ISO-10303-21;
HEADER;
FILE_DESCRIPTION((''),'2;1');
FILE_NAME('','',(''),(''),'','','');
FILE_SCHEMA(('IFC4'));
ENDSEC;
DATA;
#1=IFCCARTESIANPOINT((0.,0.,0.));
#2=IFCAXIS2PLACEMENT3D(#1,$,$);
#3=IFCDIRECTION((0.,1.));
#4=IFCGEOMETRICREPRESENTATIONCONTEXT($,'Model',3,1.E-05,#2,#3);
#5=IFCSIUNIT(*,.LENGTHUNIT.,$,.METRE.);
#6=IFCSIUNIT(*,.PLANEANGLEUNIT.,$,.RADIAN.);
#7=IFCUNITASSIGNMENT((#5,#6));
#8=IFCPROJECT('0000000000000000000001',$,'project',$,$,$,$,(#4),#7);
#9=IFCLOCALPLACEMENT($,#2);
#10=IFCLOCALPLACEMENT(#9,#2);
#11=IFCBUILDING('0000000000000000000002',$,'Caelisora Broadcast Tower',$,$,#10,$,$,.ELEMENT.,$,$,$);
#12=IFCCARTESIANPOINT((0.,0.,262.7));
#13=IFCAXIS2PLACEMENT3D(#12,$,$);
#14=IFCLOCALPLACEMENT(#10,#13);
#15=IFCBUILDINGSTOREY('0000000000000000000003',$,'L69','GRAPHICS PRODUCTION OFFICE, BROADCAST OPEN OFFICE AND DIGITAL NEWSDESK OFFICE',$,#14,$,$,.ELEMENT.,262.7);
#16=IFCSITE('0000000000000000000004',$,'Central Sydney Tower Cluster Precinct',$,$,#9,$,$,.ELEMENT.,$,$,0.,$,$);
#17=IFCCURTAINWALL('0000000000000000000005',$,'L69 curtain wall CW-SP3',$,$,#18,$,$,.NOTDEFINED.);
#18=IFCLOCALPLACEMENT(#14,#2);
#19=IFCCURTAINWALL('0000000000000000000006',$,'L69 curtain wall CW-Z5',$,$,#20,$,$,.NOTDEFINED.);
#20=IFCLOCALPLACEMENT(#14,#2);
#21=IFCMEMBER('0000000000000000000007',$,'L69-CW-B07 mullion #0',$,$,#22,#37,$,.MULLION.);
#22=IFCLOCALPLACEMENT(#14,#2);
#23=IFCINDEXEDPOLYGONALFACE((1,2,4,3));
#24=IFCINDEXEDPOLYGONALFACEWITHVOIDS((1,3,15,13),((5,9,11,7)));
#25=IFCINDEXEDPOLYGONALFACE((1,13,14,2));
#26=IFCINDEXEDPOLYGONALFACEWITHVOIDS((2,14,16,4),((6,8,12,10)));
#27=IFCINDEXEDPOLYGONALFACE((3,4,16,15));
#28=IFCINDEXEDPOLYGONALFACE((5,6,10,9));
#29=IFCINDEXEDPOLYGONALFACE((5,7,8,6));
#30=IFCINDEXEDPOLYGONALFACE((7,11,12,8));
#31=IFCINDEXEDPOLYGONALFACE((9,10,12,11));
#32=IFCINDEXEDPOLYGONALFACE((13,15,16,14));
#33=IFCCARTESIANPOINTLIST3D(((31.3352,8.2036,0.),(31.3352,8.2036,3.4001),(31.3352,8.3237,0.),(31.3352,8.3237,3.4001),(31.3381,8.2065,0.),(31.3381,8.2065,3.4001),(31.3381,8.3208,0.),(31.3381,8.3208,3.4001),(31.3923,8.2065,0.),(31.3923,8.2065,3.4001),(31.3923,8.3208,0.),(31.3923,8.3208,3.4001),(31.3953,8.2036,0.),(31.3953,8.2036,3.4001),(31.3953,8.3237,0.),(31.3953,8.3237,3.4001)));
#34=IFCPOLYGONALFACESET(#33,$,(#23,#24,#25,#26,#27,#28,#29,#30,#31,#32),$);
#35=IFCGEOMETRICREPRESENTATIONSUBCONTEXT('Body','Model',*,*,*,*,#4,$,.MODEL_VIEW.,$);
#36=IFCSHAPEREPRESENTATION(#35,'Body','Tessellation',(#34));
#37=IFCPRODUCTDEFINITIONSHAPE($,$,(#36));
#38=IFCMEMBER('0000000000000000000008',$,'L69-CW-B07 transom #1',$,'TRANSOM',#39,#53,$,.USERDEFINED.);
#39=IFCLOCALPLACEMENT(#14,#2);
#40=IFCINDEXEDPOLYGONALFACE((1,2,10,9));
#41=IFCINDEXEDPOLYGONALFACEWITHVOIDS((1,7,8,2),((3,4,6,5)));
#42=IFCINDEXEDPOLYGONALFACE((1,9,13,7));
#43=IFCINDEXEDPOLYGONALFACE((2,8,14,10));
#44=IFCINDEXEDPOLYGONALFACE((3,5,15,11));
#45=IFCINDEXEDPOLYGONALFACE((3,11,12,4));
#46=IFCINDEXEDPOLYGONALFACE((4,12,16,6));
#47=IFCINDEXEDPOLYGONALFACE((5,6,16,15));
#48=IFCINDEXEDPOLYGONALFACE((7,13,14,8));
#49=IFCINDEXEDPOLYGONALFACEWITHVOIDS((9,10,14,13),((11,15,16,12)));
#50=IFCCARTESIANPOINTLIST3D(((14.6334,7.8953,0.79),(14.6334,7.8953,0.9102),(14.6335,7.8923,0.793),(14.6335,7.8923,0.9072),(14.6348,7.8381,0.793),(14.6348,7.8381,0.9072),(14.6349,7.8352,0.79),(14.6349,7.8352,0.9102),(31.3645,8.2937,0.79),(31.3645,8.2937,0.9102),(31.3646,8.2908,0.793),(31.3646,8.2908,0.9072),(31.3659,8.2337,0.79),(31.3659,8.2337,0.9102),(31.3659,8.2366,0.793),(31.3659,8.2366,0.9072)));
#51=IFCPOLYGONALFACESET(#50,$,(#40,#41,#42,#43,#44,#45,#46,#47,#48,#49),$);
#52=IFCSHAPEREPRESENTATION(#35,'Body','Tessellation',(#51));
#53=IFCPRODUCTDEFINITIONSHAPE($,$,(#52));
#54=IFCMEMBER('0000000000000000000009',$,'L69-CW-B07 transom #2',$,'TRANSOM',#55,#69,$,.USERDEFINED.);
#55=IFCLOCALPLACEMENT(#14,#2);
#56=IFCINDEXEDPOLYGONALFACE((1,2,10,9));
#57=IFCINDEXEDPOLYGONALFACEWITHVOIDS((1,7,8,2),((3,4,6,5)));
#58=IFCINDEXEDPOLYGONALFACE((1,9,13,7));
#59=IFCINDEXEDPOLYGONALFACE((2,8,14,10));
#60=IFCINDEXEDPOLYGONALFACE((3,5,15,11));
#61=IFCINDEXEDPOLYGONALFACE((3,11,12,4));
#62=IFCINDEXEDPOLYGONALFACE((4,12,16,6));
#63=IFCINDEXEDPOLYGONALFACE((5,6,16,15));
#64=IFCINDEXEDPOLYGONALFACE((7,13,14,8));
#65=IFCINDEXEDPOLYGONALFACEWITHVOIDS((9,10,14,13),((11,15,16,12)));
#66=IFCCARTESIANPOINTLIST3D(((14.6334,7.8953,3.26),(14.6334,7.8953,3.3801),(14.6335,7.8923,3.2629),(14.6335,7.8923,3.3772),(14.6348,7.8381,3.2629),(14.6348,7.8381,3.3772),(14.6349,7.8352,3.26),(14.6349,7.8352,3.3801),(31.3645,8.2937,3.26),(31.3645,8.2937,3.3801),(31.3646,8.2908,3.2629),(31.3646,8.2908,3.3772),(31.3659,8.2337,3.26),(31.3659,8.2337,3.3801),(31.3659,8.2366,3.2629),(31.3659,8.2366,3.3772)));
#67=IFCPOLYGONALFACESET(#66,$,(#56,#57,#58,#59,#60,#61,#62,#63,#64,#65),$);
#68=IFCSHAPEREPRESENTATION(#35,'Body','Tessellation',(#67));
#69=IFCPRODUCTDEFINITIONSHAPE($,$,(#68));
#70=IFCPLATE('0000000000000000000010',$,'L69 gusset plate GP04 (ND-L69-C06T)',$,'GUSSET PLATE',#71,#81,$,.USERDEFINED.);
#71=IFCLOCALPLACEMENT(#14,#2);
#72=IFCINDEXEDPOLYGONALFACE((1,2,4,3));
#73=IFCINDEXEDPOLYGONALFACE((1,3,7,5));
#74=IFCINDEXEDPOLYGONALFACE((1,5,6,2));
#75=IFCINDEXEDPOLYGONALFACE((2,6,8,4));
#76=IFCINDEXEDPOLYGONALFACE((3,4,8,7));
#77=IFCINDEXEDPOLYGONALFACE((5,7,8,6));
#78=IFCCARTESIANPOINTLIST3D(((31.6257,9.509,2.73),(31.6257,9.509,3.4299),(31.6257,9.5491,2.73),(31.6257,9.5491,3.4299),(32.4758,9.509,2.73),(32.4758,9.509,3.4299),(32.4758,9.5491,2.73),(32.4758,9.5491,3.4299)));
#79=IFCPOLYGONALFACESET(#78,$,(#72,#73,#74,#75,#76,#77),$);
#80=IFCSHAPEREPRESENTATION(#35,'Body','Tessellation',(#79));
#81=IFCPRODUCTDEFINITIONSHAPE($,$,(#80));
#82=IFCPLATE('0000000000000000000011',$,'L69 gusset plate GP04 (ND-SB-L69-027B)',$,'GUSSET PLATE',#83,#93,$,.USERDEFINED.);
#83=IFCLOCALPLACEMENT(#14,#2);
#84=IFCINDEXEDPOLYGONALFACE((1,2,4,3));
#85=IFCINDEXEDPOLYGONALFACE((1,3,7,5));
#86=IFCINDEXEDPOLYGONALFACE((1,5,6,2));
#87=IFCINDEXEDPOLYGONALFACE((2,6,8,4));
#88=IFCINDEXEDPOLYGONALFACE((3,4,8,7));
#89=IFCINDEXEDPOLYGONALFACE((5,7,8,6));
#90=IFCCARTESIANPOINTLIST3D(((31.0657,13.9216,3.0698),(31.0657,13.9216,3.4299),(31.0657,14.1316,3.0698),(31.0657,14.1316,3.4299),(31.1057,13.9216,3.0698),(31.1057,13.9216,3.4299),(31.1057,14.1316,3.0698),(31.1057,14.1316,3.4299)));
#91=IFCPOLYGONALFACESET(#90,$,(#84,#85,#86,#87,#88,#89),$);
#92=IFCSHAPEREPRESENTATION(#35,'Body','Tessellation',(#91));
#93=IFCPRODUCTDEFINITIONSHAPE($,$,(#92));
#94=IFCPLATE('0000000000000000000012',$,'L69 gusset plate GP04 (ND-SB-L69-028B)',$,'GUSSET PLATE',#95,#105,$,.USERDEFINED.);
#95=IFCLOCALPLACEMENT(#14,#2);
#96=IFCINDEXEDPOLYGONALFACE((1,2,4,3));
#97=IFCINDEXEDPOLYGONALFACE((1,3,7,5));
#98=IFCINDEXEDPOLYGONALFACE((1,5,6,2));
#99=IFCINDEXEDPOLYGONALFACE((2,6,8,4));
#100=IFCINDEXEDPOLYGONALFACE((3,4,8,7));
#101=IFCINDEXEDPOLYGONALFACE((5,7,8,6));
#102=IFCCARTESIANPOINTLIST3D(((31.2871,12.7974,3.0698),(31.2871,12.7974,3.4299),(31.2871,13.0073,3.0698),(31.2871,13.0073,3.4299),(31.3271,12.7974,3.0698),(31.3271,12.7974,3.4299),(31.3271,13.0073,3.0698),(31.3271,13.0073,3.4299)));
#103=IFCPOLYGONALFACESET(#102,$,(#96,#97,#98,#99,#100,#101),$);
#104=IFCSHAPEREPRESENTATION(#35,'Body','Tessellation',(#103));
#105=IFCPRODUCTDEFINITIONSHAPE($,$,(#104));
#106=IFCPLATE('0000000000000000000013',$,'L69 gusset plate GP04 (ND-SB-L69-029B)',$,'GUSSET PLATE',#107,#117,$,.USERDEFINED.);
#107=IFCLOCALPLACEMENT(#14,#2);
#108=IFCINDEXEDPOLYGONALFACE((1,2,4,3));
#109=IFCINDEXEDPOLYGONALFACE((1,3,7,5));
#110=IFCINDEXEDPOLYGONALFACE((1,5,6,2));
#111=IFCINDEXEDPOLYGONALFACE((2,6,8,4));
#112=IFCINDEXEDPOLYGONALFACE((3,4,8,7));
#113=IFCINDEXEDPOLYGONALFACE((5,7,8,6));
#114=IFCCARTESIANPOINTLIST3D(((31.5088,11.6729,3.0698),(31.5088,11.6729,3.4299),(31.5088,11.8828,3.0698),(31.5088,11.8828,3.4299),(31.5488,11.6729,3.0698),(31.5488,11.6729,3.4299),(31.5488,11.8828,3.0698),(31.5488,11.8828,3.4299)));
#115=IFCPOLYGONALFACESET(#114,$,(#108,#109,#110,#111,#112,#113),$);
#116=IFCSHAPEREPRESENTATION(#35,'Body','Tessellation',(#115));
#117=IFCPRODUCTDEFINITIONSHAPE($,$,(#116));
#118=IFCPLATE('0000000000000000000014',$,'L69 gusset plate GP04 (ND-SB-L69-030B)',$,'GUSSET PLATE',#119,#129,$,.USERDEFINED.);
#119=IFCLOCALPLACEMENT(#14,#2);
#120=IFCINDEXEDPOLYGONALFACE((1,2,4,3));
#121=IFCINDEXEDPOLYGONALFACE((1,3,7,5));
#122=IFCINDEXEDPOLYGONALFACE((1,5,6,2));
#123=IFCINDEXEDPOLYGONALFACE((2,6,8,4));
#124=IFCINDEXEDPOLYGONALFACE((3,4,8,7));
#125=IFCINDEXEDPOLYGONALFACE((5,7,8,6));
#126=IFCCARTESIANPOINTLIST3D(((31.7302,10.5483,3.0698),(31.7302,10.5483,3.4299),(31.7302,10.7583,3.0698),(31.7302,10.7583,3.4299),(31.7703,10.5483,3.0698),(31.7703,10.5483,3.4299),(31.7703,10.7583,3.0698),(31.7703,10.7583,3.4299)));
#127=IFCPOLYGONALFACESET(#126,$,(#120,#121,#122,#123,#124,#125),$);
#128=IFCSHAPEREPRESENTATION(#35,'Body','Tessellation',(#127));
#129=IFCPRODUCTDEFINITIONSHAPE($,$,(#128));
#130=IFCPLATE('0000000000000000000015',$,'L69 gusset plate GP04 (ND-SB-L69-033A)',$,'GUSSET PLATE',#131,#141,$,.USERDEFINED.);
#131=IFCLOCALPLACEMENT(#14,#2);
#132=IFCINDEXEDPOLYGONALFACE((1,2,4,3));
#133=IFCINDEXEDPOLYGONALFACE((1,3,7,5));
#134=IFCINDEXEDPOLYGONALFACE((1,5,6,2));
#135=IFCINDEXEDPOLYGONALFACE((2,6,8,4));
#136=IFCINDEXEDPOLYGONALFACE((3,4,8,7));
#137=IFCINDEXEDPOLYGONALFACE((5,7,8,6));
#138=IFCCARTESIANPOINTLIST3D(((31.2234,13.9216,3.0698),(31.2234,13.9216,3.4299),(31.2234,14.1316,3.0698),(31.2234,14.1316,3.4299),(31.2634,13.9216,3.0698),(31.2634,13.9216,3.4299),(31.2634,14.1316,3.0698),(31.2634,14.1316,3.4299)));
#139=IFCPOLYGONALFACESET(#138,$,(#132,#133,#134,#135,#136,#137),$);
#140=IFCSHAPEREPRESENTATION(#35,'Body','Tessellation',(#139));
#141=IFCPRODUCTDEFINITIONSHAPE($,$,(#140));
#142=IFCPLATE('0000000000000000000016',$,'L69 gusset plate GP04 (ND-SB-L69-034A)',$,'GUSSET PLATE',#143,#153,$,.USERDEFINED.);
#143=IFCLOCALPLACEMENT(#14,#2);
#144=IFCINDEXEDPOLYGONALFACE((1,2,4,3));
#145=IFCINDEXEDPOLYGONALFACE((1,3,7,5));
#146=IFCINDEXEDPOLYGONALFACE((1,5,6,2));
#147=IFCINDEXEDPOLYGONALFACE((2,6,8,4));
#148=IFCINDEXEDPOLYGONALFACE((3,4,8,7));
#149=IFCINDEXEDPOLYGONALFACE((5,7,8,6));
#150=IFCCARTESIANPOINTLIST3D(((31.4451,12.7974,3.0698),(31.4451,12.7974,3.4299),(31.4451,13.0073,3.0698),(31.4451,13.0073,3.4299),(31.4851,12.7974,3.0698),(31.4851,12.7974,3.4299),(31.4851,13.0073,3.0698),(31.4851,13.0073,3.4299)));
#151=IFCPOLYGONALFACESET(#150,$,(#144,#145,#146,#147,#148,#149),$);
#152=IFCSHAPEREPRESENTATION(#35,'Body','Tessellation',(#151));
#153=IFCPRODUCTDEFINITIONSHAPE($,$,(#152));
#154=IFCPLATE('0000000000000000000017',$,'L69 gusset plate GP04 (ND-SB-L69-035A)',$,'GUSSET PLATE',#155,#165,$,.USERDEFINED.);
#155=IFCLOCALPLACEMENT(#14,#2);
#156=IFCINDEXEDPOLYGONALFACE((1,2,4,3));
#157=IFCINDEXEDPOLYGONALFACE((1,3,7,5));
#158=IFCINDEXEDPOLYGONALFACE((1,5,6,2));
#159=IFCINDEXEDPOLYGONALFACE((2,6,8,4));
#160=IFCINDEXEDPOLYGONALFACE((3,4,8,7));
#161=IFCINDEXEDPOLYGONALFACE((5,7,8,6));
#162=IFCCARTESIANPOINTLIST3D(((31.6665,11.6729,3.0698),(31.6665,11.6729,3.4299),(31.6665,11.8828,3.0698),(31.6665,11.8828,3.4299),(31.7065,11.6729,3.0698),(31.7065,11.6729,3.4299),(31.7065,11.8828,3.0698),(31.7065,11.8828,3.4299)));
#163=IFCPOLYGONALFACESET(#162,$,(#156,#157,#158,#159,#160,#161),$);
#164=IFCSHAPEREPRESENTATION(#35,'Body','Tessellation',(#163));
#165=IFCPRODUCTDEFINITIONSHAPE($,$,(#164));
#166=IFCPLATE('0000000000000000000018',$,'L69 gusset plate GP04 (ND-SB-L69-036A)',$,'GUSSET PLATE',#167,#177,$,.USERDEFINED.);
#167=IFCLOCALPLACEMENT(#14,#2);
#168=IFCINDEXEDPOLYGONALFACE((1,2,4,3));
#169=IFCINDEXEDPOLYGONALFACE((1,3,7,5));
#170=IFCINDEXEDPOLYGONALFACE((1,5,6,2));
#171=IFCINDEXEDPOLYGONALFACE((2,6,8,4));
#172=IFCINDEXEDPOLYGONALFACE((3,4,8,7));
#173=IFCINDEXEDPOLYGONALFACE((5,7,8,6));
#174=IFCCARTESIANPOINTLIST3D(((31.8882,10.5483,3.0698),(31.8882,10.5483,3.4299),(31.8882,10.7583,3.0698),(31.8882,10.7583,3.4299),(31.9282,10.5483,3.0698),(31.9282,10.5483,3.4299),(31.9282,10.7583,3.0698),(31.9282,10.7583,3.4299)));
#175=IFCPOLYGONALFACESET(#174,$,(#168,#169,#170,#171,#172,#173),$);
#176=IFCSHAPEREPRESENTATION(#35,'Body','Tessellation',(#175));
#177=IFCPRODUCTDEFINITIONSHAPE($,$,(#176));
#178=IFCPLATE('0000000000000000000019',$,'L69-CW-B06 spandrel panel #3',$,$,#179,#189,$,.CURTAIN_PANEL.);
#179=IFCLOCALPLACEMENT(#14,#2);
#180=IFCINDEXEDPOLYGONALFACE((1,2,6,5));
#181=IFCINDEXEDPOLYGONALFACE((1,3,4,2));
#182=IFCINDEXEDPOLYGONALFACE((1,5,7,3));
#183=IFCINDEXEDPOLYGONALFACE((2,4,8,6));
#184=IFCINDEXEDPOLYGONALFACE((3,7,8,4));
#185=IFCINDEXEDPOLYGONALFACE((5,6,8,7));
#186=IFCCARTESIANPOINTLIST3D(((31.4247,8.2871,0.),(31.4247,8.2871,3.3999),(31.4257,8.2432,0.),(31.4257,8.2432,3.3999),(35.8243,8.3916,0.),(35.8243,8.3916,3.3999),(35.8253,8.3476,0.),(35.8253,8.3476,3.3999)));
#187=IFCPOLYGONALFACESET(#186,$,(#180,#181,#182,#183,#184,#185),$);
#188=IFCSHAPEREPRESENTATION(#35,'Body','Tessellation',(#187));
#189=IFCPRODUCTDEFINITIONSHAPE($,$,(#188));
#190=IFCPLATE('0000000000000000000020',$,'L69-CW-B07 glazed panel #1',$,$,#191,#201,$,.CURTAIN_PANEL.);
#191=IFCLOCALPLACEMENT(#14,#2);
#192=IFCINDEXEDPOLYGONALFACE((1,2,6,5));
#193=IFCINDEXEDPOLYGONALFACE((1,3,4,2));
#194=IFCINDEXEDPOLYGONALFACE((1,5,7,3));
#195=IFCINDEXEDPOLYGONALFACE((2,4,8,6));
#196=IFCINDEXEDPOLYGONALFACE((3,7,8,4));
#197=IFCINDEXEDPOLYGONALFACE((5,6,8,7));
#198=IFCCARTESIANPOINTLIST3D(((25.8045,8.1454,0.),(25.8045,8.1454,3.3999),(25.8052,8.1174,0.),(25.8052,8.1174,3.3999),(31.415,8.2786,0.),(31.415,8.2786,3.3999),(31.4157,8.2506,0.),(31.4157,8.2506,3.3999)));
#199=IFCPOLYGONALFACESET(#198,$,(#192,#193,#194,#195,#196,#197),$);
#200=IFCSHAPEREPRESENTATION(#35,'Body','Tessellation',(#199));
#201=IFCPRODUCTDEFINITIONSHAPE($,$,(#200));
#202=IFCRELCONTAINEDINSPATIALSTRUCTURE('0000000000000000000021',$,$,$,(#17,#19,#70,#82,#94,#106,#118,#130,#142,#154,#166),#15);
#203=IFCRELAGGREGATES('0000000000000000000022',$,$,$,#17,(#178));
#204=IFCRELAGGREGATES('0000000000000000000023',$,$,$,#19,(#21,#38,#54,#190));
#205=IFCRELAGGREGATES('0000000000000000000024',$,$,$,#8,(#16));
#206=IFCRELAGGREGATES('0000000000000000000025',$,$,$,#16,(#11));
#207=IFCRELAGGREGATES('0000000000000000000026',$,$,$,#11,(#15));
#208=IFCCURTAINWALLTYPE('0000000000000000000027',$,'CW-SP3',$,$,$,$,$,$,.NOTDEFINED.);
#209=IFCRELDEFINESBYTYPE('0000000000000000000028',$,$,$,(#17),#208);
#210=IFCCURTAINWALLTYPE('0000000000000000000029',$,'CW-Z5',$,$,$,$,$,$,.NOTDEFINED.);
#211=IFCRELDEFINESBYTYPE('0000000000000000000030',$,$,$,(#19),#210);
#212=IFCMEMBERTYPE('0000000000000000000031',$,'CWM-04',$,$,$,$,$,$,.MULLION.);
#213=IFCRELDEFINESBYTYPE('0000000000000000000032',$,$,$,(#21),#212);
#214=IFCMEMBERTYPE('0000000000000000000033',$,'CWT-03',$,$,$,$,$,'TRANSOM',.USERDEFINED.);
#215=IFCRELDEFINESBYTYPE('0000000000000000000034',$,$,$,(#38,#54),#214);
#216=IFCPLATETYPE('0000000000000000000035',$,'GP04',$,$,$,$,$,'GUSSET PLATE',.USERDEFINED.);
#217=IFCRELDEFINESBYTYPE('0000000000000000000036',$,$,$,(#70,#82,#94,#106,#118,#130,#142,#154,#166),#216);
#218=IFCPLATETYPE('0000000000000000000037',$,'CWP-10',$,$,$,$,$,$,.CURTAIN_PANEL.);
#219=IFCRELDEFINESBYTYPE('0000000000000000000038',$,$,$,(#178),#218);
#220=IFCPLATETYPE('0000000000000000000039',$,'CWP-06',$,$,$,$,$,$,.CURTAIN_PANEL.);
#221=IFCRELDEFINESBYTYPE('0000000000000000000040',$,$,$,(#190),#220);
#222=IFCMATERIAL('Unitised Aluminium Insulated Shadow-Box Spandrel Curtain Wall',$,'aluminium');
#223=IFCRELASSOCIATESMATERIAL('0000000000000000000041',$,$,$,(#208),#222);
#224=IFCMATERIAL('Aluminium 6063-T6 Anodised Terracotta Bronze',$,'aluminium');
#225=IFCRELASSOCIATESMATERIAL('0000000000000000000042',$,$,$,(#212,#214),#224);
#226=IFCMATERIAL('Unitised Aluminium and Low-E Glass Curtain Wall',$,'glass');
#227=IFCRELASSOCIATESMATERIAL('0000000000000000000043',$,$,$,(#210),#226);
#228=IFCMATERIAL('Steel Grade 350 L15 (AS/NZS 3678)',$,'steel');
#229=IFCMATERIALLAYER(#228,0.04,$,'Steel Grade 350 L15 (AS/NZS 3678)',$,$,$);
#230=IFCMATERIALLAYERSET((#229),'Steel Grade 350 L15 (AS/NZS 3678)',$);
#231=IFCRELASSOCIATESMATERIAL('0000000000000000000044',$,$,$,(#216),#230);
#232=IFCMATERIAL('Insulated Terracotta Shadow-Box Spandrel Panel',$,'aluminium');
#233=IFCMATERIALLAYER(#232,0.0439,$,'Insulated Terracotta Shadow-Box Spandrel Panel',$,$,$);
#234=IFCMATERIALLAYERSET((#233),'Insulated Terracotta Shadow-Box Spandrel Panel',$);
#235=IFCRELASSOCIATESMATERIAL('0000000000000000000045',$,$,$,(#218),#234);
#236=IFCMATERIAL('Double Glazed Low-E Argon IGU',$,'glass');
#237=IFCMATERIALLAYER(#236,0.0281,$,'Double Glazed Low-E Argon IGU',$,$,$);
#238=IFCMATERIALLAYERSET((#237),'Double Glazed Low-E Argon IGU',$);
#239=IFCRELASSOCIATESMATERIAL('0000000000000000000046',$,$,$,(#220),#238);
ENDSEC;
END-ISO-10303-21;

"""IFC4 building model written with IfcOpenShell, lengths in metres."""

from ifc_helpers import new_model, si_unit, direction, frame, origin, origin_2d, place, context, subcontext, project, spatial, rectangle, hollow_rectangle, extrude, source, transform, mapped, material, layer, layer_set, material_profile, profile_set, type_object, type_shapes, element, aggregate, save


model = new_model("IFC4")

# Units and contexts
model_context = context("Model", 3, precision=1e-05, world=origin(), true_north=direction((0.0, 1.0)))
body_context = subcontext(model_context, "Body", "Model", "MODEL_VIEW")
ifc_project = project(units=[si_unit("LENGTHUNIT", "METRE"), si_unit("PLANEANGLEUNIT", "RADIAN")], contexts=[model_context])

# Site, building, storey
site_placement = place(None, origin())
site = spatial("IfcSite", under=ifc_project, at=site_placement, Name="Central Sydney Tower Cluster Precinct", CompositionType="ELEMENT", RefElevation=0.0)
building_placement = place(site_placement, origin())
building = spatial("IfcBuilding", under=site, at=building_placement, Name="Caelisora Broadcast Tower", CompositionType="ELEMENT")
storey_placement = place(building_placement, frame((0.0, 0.0, 262.7)))
storey = spatial("IfcBuildingStorey", under=building, at=storey_placement, Name="L69", Description="GRAPHICS PRODUCTION OFFICE, BROADCAST OPEN OFFICE AND DIGITAL NEWSDESK OFFICE", CompositionType="ELEMENT", Elevation=262.7)

# Shared definitions
ifc_material_1 = material(Name="Steel Grade 350 L15 (AS/NZS 3678)", Category="steel")

# Curtain walls, members
ifc_material_2 = material(Name="Unitised Aluminium Insulated Shadow-Box Spandrel Curtain Wall", Category="aluminium")
curtain_wall_type_1 = type_object("IfcCurtainWallType", Name="CW-SP3", PredefinedType="NOTDEFINED", material=ifc_material_2)
curtain_wall_1_placement = place(storey_placement, origin())
curtain_wall_1 = element("IfcCurtainWall", 1, at=curtain_wall_1_placement, inside=storey, type_object=curtain_wall_type_1, Name="L69 curtain wall CW-SP3", PredefinedType="NOTDEFINED")
ifc_material_3 = material(Name="Aluminium 6063-T6 Anodised Terracotta Bronze", Category="aluminium")
ifc_material_profile_1 = material_profile(ifc_material_3, hollow_rectangle(XDim=0.0601, YDim=0.1201, WallThickness=0.0029, at=origin_2d()), Name="Aluminium 6063-T6 Anodised Terracotta Bronze")
ifc_profile_set_1 = profile_set([ifc_material_profile_1], Name="Aluminium 6063-T6 Anodised Terracotta Bronze")
member_type_1 = type_object("IfcMemberType", Name="CWM-04", PredefinedType="MULLION", material=ifc_profile_set_1)
shared_shape_1 = source(origin(), body_context, "Body", "SweptSolid", [
    extrude(hollow_rectangle(XDim=0.0601, YDim=0.1201, WallThickness=0.0029, at=origin_2d()), origin(), (0.0, 0.0, 1.0), 3.4001),
])
type_shapes(member_type_1, [shared_shape_1])
ifc_material_4 = material(Name="Unitised Aluminium and Low-E Glass Curtain Wall", Category="glass")
curtain_wall_type_2 = type_object("IfcCurtainWallType", Name="CW-Z5", PredefinedType="NOTDEFINED", material=ifc_material_4)
curtain_wall_2_placement = place(storey_placement, origin())
curtain_wall_2 = element("IfcCurtainWall", 2, at=curtain_wall_2_placement, inside=storey, type_object=curtain_wall_type_2, Name="L69 curtain wall CW-Z5", PredefinedType="NOTDEFINED")
member_1_placement = place(storey_placement, frame((31.3652, 8.2637, 0.0), z_axis=(0.0, 0.0, 1.0), x_axis=(1.0, 0.0, 0.0)))
member_1 = element("IfcMember", 3, at=member_1_placement, type_object=member_type_1, Name="L69-CW-B07 mullion #0", PredefinedType="MULLION", context=body_context, shape_type="MappedRepresentation", body=[
    mapped(shared_shape_1, transform((0.0, 0.0, 0.0), scale=1.0)),
])
ifc_material_profile_2 = material_profile(ifc_material_3, hollow_rectangle(XDim=0.0601, YDim=0.1201, WallThickness=0.0029, at=origin_2d()), Name="Aluminium 6063-T6 Anodised Terracotta Bronze")
ifc_profile_set_2 = profile_set([ifc_material_profile_2], Name="Aluminium 6063-T6 Anodised Terracotta Bronze")
member_type_2 = type_object("IfcMemberType", Name="CWT-03", ElementType="TRANSOM", PredefinedType="USERDEFINED", material=ifc_profile_set_2)
shared_shape_2 = source(origin(), body_context, "Body", "SweptSolid", [
    extrude(hollow_rectangle(XDim=0.0601, YDim=0.1201, WallThickness=0.0029, at=origin_2d()), origin(), (0.0, 0.0, 1.0), 16.7358),
])
type_shapes(member_type_2, [shared_shape_2])
member_2_placement = place(storey_placement, frame((31.3652, 8.2637, 0.8501), z_axis=(-0.999717, -0.023807, 0.0), x_axis=(0.023807, -0.999717, 0.0)))
member_2 = element("IfcMember", 4, at=member_2_placement, type_object=member_type_2, Name="L69-CW-B07 transom #1", ObjectType="TRANSOM", PredefinedType="USERDEFINED", context=body_context, shape_type="MappedRepresentation", body=[
    mapped(shared_shape_2, transform((0.0, 0.0, 0.0), scale=1.0)),
])
member_3_placement = place(storey_placement, frame((31.3652, 8.2637, 3.3201), z_axis=(-0.999717, -0.023807, 0.0), x_axis=(0.023807, -0.999717, 0.0)))
member_3 = element("IfcMember", 5, at=member_3_placement, type_object=member_type_2, Name="L69-CW-B07 transom #2", ObjectType="TRANSOM", PredefinedType="USERDEFINED", context=body_context, shape_type="MappedRepresentation", body=[
    mapped(shared_shape_2, transform((0.0, 0.0, 0.0), scale=1.0)),
])

# Plates
ifc_layer_1 = layer(ifc_material_1, 0.04, Name="Steel Grade 350 L15 (AS/NZS 3678)")
ifc_layer_set_1 = layer_set([ifc_layer_1], Name="Steel Grade 350 L15 (AS/NZS 3678)")
plate_type_1 = type_object("IfcPlateType", Name="GP04", ElementType="GUSSET PLATE", PredefinedType="USERDEFINED", material=ifc_layer_set_1)
shared_shape_3 = source(origin(), body_context, "Body", "SweptSolid", [
    extrude(rectangle(XDim=0.8501, YDim=0.04, at=origin_2d()), origin(), (0.0, 0.0, 1.0), 0.7),
])
plate_1_placement = place(storey_placement, frame((32.0508, 9.5291, 2.73), z_axis=(0.0, 0.0, 1.0), x_axis=(1.0, 0.0, 0.0)))
element("IfcPlate", 6, at=plate_1_placement, inside=storey, type_object=plate_type_1, Name="L69 gusset plate GP04 (ND-L69-C06T)", ObjectType="GUSSET PLATE", PredefinedType="USERDEFINED", context=body_context, shape_type="MappedRepresentation", body=[
    mapped(shared_shape_3, transform((0.0, 0.0, 0.0), scale=1.0)),
])
shared_shape_4 = source(origin(), body_context, "Body", "SweptSolid", [
    extrude(rectangle(XDim=0.21, YDim=0.04, at=origin_2d()), origin(), (0.0, 0.0, 1.0), 0.3601),
])
type_shapes(plate_type_1, [shared_shape_3, shared_shape_4])
for number, where, z_axis, x_axis, name in (
    (7, (31.0857, 14.0266, 3.0698), (0.0, 0.0, 1.0), (0.0, 1.0, 0.0), "L69 gusset plate GP04 (ND-SB-L69-027B)"),
    (8, (31.3071, 12.9023, 3.0698), (0.0, 0.0, 1.0), (0.0, 1.0, 0.0), "L69 gusset plate GP04 (ND-SB-L69-028B)"),
    (9, (31.5288, 11.7778, 3.0698), (0.0, 0.0, 1.0), (0.0, 1.0, 0.0), "L69 gusset plate GP04 (ND-SB-L69-029B)"),
    (10, (31.7502, 10.6533, 3.0698), (0.0, 0.0, 1.0), (0.0, 1.0, 0.0), "L69 gusset plate GP04 (ND-SB-L69-030B)"),
    (11, (31.2434, 14.0266, 3.0698), (0.0, 0.0, 1.0), (0.0, 1.0, 0.0), "L69 gusset plate GP04 (ND-SB-L69-033A)"),
    (12, (31.4651, 12.9023, 3.0698), (0.0, 0.0, 1.0), (0.0, 1.0, 0.0), "L69 gusset plate GP04 (ND-SB-L69-034A)"),
    (13, (31.6865, 11.7778, 3.0698), (0.0, 0.0, 1.0), (0.0, 1.0, 0.0), "L69 gusset plate GP04 (ND-SB-L69-035A)"),
    (14, (31.9082, 10.6533, 3.0698), (0.0, 0.0, 1.0), (0.0, 1.0, 0.0), "L69 gusset plate GP04 (ND-SB-L69-036A)"),
):
    element("IfcPlate", number, at=place(storey_placement, frame(where, z_axis=z_axis, x_axis=x_axis)), inside=storey, type_object=plate_type_1, Name=name, ObjectType="GUSSET PLATE", PredefinedType="USERDEFINED", context=body_context, shape_type="MappedRepresentation", body=[
        mapped(shared_shape_4, transform((0.0, 0.0, 0.0), scale=1.0)),
    ])

# Plates
ifc_material_5 = material(Name="Insulated Terracotta Shadow-Box Spandrel Panel", Category="aluminium")
ifc_layer_2 = layer(ifc_material_5, 0.0439, Name="Insulated Terracotta Shadow-Box Spandrel Panel")
ifc_layer_set_2 = layer_set([ifc_layer_2], Name="Insulated Terracotta Shadow-Box Spandrel Panel")
plate_type_2 = type_object("IfcPlateType", Name="CWP-10", PredefinedType="CURTAIN_PANEL", material=ifc_layer_set_2)
shared_shape_5 = source(origin(), body_context, "Body", "SweptSolid", [
    extrude(rectangle(XDim=4.4009, YDim=0.0439, at=origin_2d()), origin(), (0.0, 0.0, 1.0), 3.3999),
])
type_shapes(plate_type_2, [shared_shape_5])
plate_2_placement = place(storey_placement, frame((33.625, 8.3174, 0.0), z_axis=(0.0, 0.0, 1.0), x_axis=(-0.999718, -0.023734, 0.0)))
plate_2 = element("IfcPlate", 15, at=plate_2_placement, type_object=plate_type_2, Name="L69-CW-B06 spandrel panel #3", PredefinedType="CURTAIN_PANEL", context=body_context, shape_type="MappedRepresentation", body=[
    mapped(shared_shape_5, transform((0.0, 0.0, 0.0), scale=1.0)),
])
aggregate(curtain_wall_1, [plate_2])
ifc_material_6 = material(Name="Double Glazed Low-E Argon IGU", Category="glass")
ifc_layer_3 = layer(ifc_material_6, 0.0281, Name="Double Glazed Low-E Argon IGU")
ifc_layer_set_3 = layer_set([ifc_layer_3], Name="Double Glazed Low-E Argon IGU")
plate_type_3 = type_object("IfcPlateType", Name="CWP-06", PredefinedType="CURTAIN_PANEL", material=ifc_layer_set_3)
shared_shape_6 = source(origin(), body_context, "Body", "SweptSolid", [
    extrude(rectangle(XDim=5.6121, YDim=0.0281, at=origin_2d()), origin(), (0.0, 0.0, 1.0), 3.3999),
])
type_shapes(plate_type_3, [shared_shape_6])
plate_3_placement = place(storey_placement, frame((28.6101, 8.198, 0.0), z_axis=(0.0, 0.0, 1.0), x_axis=(-0.999718, -0.023734, 0.0)))
plate_3 = element("IfcPlate", 16, at=plate_3_placement, type_object=plate_type_3, Name="L69-CW-B07 glazed panel #1", PredefinedType="CURTAIN_PANEL", context=body_context, shape_type="MappedRepresentation", body=[
    mapped(shared_shape_6, transform((0.0, 0.0, 0.0), scale=1.0)),
])
aggregate(curtain_wall_2, [member_1, member_2, member_3, plate_3])

save(model, "model.ifc")
